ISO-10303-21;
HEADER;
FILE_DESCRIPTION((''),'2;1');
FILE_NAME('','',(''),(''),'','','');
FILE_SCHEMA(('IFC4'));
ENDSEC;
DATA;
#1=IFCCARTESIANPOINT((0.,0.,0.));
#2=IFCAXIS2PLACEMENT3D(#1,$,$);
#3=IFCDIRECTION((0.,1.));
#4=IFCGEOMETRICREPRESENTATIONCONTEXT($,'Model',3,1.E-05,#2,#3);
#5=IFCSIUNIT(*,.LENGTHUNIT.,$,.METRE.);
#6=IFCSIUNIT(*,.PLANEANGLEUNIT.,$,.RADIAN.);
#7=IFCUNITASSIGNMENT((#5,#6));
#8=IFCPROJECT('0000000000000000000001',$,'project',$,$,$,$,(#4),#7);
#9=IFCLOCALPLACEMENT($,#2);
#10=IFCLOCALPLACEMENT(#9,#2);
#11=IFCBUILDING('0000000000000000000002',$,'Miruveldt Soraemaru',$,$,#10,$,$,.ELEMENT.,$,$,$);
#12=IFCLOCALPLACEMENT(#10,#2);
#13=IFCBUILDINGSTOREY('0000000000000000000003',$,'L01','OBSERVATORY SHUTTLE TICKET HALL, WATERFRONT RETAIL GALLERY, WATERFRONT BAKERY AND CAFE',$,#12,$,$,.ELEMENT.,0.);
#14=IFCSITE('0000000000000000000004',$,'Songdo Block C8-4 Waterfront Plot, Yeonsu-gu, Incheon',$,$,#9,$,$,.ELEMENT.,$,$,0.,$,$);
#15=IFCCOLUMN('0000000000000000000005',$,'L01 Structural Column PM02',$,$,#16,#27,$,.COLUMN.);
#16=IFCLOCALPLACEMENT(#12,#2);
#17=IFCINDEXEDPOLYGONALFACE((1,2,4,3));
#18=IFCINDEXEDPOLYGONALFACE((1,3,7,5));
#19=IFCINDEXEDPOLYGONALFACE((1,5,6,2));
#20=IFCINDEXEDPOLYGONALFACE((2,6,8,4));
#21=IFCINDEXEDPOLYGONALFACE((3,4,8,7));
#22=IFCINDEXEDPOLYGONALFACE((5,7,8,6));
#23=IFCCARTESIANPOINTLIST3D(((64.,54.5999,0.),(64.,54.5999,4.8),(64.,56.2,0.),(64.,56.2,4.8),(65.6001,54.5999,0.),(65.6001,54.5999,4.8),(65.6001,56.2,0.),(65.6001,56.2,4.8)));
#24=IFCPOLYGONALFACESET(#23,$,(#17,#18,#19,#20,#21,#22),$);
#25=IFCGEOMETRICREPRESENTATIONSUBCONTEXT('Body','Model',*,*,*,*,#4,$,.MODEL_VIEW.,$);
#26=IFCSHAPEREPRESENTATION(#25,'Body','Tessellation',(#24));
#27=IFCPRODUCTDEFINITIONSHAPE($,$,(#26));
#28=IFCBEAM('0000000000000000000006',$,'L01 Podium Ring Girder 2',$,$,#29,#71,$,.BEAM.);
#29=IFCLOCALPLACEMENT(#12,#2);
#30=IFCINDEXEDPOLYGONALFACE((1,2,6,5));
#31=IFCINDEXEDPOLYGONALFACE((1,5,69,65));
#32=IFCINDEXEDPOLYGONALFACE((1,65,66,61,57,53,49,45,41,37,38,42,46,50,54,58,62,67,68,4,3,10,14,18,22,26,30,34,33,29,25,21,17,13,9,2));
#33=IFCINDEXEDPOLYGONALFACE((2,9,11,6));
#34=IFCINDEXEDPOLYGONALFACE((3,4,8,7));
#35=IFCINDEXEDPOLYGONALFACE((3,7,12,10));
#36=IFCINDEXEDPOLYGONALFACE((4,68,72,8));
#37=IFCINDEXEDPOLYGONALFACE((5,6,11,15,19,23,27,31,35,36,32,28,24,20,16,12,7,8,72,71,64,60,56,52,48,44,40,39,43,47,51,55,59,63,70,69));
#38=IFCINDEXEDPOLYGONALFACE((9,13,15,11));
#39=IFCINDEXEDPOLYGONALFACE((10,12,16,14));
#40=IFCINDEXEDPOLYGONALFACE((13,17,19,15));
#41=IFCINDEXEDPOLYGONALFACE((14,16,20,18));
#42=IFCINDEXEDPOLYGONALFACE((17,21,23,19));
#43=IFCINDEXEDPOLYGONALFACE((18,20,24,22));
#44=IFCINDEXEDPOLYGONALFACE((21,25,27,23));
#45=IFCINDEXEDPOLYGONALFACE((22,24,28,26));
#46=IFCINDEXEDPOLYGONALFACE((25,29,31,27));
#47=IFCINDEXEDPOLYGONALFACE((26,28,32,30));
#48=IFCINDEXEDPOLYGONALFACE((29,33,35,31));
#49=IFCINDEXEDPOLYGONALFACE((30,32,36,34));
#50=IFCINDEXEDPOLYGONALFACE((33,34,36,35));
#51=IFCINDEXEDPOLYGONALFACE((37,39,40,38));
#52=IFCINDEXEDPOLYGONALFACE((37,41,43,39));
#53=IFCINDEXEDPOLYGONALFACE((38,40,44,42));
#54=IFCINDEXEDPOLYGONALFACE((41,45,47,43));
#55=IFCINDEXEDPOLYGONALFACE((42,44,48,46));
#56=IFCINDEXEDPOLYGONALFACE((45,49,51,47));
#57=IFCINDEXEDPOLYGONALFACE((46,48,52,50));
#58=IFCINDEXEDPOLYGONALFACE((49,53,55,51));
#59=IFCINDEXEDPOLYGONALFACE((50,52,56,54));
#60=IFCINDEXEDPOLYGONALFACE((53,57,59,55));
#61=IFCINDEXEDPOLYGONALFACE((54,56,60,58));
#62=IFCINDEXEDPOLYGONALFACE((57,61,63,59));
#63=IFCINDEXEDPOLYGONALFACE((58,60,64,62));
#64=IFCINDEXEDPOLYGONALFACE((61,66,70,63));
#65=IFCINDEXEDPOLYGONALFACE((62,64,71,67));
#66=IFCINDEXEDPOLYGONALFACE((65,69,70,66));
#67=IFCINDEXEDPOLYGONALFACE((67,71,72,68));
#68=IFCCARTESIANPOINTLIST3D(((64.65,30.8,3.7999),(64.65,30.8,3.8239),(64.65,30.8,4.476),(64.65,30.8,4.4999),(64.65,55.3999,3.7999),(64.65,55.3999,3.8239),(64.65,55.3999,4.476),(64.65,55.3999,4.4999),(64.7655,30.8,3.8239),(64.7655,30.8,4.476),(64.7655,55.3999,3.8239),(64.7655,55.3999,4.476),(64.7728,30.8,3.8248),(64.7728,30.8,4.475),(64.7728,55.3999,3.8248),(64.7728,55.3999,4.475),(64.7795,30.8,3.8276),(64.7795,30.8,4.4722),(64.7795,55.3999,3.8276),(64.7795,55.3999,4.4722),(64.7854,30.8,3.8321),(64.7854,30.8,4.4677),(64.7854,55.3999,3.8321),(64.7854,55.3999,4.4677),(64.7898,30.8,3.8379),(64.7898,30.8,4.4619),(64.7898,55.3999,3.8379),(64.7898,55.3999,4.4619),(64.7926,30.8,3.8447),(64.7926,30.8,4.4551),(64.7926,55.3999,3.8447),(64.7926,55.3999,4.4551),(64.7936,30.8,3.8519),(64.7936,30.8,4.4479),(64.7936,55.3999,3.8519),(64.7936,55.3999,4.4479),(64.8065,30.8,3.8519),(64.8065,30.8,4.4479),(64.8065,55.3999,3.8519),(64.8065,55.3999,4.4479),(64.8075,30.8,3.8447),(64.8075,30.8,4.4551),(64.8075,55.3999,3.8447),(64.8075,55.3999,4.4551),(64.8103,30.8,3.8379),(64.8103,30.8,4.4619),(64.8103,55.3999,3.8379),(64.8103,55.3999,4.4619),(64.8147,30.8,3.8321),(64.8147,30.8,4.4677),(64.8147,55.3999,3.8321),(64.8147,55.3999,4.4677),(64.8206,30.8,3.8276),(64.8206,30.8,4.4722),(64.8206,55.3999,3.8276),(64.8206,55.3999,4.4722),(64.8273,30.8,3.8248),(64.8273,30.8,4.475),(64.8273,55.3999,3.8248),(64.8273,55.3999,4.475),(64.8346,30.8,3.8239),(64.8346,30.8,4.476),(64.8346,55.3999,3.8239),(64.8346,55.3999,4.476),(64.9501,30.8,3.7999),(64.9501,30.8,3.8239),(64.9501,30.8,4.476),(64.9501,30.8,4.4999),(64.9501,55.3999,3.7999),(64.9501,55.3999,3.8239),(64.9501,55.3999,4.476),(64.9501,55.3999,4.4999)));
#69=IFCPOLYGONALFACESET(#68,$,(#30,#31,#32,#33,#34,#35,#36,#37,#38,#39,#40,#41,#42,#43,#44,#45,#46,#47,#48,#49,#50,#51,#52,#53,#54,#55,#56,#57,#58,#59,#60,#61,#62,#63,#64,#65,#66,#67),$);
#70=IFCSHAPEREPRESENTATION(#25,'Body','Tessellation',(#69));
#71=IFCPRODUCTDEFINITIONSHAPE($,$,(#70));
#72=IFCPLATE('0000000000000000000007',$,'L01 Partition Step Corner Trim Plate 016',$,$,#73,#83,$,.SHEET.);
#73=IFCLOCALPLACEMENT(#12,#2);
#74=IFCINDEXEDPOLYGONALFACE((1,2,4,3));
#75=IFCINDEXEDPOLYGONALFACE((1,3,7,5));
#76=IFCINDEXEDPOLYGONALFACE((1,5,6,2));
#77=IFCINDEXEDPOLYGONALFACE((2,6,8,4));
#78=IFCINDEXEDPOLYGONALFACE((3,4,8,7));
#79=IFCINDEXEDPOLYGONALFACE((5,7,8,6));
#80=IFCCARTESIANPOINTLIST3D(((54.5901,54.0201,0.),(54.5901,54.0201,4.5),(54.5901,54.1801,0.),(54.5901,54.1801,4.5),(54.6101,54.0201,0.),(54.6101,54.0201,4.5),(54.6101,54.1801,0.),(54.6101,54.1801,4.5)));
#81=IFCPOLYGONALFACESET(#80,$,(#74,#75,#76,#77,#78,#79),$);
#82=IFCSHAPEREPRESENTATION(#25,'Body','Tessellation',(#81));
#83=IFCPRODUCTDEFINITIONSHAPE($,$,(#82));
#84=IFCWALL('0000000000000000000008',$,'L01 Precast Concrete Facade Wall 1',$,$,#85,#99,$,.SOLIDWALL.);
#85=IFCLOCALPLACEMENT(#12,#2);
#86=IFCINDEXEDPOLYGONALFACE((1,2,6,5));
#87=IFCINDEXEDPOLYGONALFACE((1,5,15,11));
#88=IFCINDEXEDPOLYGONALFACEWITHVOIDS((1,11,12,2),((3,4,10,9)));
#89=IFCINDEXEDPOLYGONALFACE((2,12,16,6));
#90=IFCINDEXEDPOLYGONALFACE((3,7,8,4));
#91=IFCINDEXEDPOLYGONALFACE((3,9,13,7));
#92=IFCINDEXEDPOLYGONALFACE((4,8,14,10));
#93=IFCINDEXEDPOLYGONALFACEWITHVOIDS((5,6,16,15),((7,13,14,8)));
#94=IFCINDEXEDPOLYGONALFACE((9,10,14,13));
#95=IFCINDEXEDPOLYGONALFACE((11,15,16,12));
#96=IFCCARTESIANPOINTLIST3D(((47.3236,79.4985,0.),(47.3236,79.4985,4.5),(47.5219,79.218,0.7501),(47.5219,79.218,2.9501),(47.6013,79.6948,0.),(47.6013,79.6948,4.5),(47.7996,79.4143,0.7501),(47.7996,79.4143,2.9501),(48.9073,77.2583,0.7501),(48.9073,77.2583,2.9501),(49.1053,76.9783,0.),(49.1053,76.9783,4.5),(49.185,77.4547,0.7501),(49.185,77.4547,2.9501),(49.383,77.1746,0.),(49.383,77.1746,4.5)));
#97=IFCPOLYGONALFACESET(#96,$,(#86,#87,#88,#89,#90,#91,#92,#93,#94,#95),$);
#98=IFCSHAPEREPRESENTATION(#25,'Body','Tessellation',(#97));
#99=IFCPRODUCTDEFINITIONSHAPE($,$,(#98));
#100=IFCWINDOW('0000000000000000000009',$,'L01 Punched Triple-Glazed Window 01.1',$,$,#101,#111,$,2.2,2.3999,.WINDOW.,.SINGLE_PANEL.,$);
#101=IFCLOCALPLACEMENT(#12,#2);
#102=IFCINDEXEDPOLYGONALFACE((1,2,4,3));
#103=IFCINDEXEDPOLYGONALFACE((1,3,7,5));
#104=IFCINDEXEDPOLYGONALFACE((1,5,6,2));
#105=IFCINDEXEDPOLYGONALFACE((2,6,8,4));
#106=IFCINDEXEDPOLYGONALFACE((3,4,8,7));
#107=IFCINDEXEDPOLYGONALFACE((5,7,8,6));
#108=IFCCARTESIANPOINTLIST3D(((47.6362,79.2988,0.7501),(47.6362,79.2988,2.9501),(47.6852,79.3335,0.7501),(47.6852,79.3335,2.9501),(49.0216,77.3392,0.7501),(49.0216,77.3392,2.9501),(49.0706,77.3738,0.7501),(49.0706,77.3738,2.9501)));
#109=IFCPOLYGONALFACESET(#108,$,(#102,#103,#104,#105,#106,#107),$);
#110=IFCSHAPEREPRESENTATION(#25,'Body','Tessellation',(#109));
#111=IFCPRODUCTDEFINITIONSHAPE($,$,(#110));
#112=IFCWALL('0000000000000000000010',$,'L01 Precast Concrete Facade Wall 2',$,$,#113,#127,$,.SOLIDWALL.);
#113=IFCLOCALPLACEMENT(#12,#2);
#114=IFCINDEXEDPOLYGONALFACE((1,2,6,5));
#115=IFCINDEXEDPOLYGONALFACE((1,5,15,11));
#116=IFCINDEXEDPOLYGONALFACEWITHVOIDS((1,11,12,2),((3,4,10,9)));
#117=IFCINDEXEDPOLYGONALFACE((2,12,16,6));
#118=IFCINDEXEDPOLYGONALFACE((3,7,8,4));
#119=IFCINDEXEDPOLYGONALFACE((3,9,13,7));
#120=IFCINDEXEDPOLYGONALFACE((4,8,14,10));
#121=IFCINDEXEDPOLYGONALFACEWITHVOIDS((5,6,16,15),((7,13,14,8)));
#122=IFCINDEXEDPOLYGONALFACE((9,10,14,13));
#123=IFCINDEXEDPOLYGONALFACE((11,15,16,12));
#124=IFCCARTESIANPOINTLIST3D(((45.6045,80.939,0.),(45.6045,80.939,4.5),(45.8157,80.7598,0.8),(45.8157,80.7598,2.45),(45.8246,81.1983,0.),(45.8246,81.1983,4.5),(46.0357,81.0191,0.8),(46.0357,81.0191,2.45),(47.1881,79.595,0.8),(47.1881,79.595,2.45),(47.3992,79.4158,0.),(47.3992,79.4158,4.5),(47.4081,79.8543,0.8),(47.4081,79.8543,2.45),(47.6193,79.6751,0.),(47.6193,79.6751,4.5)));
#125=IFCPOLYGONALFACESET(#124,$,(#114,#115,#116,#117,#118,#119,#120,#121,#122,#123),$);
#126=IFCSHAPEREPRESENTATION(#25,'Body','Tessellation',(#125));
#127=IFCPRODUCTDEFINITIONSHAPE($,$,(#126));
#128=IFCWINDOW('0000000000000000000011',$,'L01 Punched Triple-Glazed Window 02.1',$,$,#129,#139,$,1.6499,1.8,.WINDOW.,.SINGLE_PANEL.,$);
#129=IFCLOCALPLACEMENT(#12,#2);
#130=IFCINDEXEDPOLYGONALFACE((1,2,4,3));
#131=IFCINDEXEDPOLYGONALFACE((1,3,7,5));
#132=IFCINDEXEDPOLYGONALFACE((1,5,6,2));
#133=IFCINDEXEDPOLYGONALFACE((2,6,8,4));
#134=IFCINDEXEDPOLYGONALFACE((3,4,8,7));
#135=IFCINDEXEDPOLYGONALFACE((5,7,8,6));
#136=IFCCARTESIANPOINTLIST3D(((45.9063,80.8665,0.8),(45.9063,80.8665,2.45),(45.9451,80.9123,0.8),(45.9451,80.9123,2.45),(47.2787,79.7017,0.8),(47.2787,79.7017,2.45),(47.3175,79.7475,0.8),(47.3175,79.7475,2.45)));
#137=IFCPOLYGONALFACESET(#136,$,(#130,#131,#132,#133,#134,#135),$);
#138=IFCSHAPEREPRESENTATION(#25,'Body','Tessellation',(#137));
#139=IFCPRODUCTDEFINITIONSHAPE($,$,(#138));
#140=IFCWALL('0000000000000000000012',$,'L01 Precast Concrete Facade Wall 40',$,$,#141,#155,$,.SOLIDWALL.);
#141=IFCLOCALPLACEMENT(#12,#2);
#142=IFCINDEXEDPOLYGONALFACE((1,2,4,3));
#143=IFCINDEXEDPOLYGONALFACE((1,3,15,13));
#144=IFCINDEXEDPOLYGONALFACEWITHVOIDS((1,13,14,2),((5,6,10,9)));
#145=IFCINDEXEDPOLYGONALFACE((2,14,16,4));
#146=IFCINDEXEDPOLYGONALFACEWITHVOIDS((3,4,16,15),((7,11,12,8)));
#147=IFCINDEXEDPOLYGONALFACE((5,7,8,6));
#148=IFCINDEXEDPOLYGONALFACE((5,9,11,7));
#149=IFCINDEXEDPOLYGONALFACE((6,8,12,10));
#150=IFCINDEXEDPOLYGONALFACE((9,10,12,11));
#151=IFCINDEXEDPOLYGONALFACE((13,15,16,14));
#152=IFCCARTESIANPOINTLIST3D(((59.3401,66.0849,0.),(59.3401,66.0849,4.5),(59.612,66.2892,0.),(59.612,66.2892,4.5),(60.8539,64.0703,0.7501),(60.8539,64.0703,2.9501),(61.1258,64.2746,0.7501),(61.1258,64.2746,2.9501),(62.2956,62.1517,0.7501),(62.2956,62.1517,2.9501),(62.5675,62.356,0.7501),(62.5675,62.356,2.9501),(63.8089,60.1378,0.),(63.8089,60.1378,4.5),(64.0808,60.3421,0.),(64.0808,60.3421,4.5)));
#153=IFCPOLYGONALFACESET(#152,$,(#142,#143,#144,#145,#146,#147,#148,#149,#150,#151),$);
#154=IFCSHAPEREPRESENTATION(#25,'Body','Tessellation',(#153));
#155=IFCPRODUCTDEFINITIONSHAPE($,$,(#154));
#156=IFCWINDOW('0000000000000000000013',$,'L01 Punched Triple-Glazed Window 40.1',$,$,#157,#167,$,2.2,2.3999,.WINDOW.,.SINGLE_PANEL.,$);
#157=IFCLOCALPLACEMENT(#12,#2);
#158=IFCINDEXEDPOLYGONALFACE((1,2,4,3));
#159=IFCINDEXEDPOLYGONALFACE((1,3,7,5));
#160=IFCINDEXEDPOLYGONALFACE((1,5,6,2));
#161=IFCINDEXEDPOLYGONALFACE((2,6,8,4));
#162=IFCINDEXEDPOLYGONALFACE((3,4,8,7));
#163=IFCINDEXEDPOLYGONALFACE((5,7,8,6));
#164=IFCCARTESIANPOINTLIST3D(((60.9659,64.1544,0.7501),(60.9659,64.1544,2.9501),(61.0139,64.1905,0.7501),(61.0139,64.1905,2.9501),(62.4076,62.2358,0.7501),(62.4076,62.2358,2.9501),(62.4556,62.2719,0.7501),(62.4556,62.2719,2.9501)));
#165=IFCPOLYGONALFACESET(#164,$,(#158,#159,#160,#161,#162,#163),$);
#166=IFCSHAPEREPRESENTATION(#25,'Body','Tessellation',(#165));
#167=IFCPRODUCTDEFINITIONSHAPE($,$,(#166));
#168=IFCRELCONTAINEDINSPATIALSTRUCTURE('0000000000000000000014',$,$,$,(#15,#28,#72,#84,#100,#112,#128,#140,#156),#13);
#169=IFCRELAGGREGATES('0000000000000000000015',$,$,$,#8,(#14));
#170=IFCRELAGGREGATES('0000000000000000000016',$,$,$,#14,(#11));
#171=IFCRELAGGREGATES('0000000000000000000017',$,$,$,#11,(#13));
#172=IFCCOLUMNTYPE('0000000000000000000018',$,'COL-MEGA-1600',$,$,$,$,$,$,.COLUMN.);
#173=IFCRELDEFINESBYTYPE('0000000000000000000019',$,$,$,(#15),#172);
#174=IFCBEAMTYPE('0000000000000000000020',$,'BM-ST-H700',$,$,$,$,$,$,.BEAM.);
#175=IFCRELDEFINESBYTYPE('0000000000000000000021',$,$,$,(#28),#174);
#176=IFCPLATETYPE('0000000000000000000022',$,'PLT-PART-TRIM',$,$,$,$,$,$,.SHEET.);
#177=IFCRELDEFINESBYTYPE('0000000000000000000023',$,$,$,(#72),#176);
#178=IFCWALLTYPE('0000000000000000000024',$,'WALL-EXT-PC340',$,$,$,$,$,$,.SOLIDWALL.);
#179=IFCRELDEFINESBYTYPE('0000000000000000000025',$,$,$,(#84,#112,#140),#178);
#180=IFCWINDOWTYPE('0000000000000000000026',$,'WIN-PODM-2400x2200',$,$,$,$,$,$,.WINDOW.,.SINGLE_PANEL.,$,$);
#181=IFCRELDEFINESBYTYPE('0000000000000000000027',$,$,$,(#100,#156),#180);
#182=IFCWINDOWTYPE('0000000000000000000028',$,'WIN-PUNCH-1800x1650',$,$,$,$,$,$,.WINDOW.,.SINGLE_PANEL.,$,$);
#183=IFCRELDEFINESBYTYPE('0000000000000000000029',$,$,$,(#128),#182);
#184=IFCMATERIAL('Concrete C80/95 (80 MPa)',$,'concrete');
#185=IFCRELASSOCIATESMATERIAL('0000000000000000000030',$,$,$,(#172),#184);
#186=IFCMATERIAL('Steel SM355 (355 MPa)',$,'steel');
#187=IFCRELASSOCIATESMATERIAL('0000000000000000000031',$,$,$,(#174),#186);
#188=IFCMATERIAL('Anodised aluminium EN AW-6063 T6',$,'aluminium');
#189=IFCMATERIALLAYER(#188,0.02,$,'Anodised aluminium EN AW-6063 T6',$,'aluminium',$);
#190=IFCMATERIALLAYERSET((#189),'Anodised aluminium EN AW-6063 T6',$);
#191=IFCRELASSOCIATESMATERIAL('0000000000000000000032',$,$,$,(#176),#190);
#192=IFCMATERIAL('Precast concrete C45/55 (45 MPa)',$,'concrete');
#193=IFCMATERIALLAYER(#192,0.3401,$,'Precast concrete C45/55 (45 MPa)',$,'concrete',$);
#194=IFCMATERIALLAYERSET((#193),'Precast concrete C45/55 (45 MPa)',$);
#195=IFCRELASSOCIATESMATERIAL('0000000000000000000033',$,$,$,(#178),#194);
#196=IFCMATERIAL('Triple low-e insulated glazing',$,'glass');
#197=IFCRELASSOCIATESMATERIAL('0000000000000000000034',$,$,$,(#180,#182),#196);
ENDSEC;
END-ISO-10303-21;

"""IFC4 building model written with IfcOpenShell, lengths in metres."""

from ifc_helpers import new_model, si_unit, direction, frame, frame_2d, origin, origin_2d, place, context, subcontext, project, spatial, rectangle, i_section, extrude, material, layer, layer_set, material_profile, profile_set, type_object, element, fill, save


model = new_model("IFC4")

# Units and contexts
model_context = context("Model", 3, precision=1e-05, world=origin(), true_north=direction((0.0, 1.0)))
body_context = subcontext(model_context, "Body", "Model", "MODEL_VIEW")
ifc_project = project(units=[si_unit("LENGTHUNIT", "METRE"), si_unit("PLANEANGLEUNIT", "RADIAN")], contexts=[model_context])

# Site, building, storey
site_placement = place(None, origin())
site = spatial("IfcSite", under=ifc_project, at=site_placement, Name="Songdo Block C8-4 Waterfront Plot, Yeonsu-gu, Incheon", CompositionType="ELEMENT", RefElevation=0.0)
building_placement = place(site_placement, origin())
building = spatial("IfcBuilding", under=site, at=building_placement, Name="Miruveldt Soraemaru", CompositionType="ELEMENT")
storey_placement = place(building_placement, origin())
storey = spatial("IfcBuildingStorey", under=building, at=storey_placement, Name="L01", Description="OBSERVATORY SHUTTLE TICKET HALL, WATERFRONT RETAIL GALLERY, WATERFRONT BAKERY AND CAFE", CompositionType="ELEMENT", Elevation=0.0)

# Column
ifc_material_1 = material(Name="Concrete C80/95 (80 MPa)", Category="concrete")
ifc_material_profile_1 = material_profile(ifc_material_1, rectangle(XDim=1.6001, YDim=1.6001, at=origin_2d()), Name="Concrete C80/95 (80 MPa)", Category="concrete")
ifc_profile_set_1 = profile_set([ifc_material_profile_1], Name="Concrete C80/95 (80 MPa)")
column_type = type_object("IfcColumnType", Name="COL-MEGA-1600", PredefinedType="COLUMN", material=ifc_profile_set_1)
column_placement = place(storey_placement, frame((64.8, 55.3999, 0.0), z_axis=(0.0, 0.0, 1.0), x_axis=(1.0, 0.0, 0.0)))
element("IfcColumn", 1, at=column_placement, inside=storey, type_object=column_type, Name="L01 Structural Column PM02", PredefinedType="COLUMN", context=body_context, shape_type="SweptSolid", body=[
    extrude(rectangle(XDim=1.6001, YDim=1.6001, at=origin_2d()), origin(), (0.0, 0.0, 1.0), 4.8),
])

# Beam
ifc_material_2 = material(Name="Steel SM355 (355 MPa)", Category="steel")
ifc_material_profile_2 = material_profile(ifc_material_2, i_section(OverallWidth=0.3, OverallDepth=0.7, WebThickness=0.0129, FlangeThickness=0.0239, FilletRadius=0.0281, at=origin_2d()), Name="Steel SM355 (355 MPa)", Category="steel")
ifc_profile_set_2 = profile_set([ifc_material_profile_2], Name="Steel SM355 (355 MPa)")
beam_type = type_object("IfcBeamType", Name="BM-ST-H700", PredefinedType="BEAM", material=ifc_profile_set_2)
beam_placement = place(storey_placement, frame((64.8, 55.3999, 4.1499), z_axis=(0.0, -1.0, 0.0), x_axis=(1.0, 0.0, 0.0)))
element("IfcBeam", 2, at=beam_placement, inside=storey, type_object=beam_type, Name="L01 Podium Ring Girder 2", PredefinedType="BEAM", context=body_context, shape_type="SweptSolid", body=[
    extrude(i_section(OverallWidth=0.3, OverallDepth=0.7, WebThickness=0.0129, FlangeThickness=0.0239, FilletRadius=0.0281, at=origin_2d()), origin(), (0.0, 0.0, 1.0), 24.5999),
])

# Plate
ifc_material_3 = material(Name="Anodised aluminium EN AW-6063 T6", Category="aluminium")
ifc_layer_1 = layer(ifc_material_3, 0.02, Name="Anodised aluminium EN AW-6063 T6", Category="aluminium")
ifc_layer_set_1 = layer_set([ifc_layer_1], Name="Anodised aluminium EN AW-6063 T6")
plate_type = type_object("IfcPlateType", Name="PLT-PART-TRIM", PredefinedType="SHEET", material=ifc_layer_set_1)
plate_placement = place(storey_placement, frame((54.6001, 54.1001, 0.0), z_axis=(0.0, 0.0, 1.0), x_axis=(0.0, 1.0, 0.0)))
element("IfcPlate", 3, at=plate_placement, inside=storey, type_object=plate_type, Name="L01 Partition Step Corner Trim Plate 016", PredefinedType="SHEET", context=body_context, shape_type="SweptSolid", body=[
    extrude(rectangle(XDim=0.1599, YDim=0.02, at=origin_2d()), origin(), (0.0, 0.0, 1.0), 4.5),
])

# Walls, openings, windows
ifc_material_4 = material(Name="Precast concrete C45/55 (45 MPa)", Category="concrete")
ifc_layer_2 = layer(ifc_material_4, 0.3401, Name="Precast concrete C45/55 (45 MPa)", Category="concrete")
ifc_layer_set_2 = layer_set([ifc_layer_2], Name="Precast concrete C45/55 (45 MPa)")
wall_type_1 = type_object("IfcWallType", Name="WALL-EXT-PC340", PredefinedType="SOLIDWALL", material=ifc_layer_set_2)
wall_1_placement = place(storey_placement, frame((49.2441, 77.0764, 0.0), z_axis=(0.0, 0.0, 1.0), x_axis=(-0.577273, 0.816551, 0.0)))
wall_1 = element("IfcWall", 4, at=wall_1_placement, inside=storey, type_object=wall_type_1, Name="L01 Precast Concrete Facade Wall 1", PredefinedType="SOLIDWALL", context=body_context, shape_type="SweptSolid", body=[
    extrude(rectangle(XDim=3.0864, YDim=0.3401, at=frame_2d((1.5432, 0.0))), origin(), (0.0, 0.0, 1.0), 4.5),
])
opening_1_placement = place(wall_1_placement, frame((0.343, 0.0, 0.75)))
opening_1 = element("IfcOpeningElement", 5, at=opening_1_placement, cuts=wall_1, PredefinedType="OPENING", context=body_context, shape_type="SweptSolid", body=[
    extrude(rectangle(XDim=2.3999, YDim=2.2, at=frame_2d((1.2, 1.1001))), frame((0.0, 0.1802, 0.0), z_axis=(0.0, -1.0, 0.0), x_axis=(1.0, 0.0, 0.0)), (0.0, 0.0, 1.0), 0.3601),
])
ifc_material_5 = material(Name="Triple low-e insulated glazing", Category="glass")
window_type_1 = type_object("IfcWindowType", Name="WIN-PODM-2400x2200", PartitioningType="SINGLE_PANEL", PredefinedType="WINDOW", material=ifc_material_5)
window_1_placement = place(opening_1_placement, origin())
window_1 = element("IfcWindow", 6, at=window_1_placement, inside=storey, type_object=window_type_1, Name="L01 Punched Triple-Glazed Window 01.1", OverallHeight=2.2, OverallWidth=2.3999, PartitioningType="SINGLE_PANEL", PredefinedType="WINDOW", context=body_context, shape_type="SweptSolid", body=[
    extrude(rectangle(XDim=2.3999, YDim=2.2, at=frame_2d((1.2, 1.1001))), frame((0.0, 0.03, 0.0), z_axis=(0.0, -1.0, 0.0), x_axis=(1.0, 0.0, 0.0)), (0.0, 0.0, 1.0), 0.0601),
])
fill(opening_1, window_1)
wall_2_placement = place(storey_placement, frame((47.5093, 79.5454, 0.0), z_axis=(0.0, 0.0, 1.0), x_axis=(-0.762418, 0.647085, 0.0)))
wall_2 = element("IfcWall", 7, at=wall_2_placement, inside=storey, type_object=wall_type_1, Name="L01 Precast Concrete Facade Wall 2", PredefinedType="SOLIDWALL", context=body_context, shape_type="SweptSolid", body=[
    extrude(rectangle(XDim=2.354, YDim=0.3401, at=frame_2d((1.177, 0.0))), origin(), (0.0, 0.0, 1.0), 4.5),
])
opening_2_placement = place(wall_2_placement, frame((0.2771, 0.0, 0.8)))
opening_2 = element("IfcOpeningElement", 8, at=opening_2_placement, cuts=wall_2, PredefinedType="OPENING", context=body_context, shape_type="SweptSolid", body=[
    extrude(rectangle(XDim=1.8, YDim=1.6499, at=frame_2d((0.8999, 0.825))), frame((0.0, 0.1802, 0.0), z_axis=(0.0, -1.0, 0.0), x_axis=(1.0, 0.0, 0.0)), (0.0, 0.0, 1.0), 0.3601),
])
window_type_2 = type_object("IfcWindowType", Name="WIN-PUNCH-1800x1650", PartitioningType="SINGLE_PANEL", PredefinedType="WINDOW", material=ifc_material_5)
window_2_placement = place(opening_2_placement, origin())
window_2 = element("IfcWindow", 9, at=window_2_placement, inside=storey, type_object=window_type_2, Name="L01 Punched Triple-Glazed Window 02.1", OverallHeight=1.6499, OverallWidth=1.8, PartitioningType="SINGLE_PANEL", PredefinedType="WINDOW", context=body_context, shape_type="SweptSolid", body=[
    extrude(rectangle(XDim=1.8, YDim=1.6499, at=frame_2d((0.8999, 0.825))), frame((0.0, 0.03, 0.0), z_axis=(0.0, -1.0, 0.0), x_axis=(1.0, 0.0, 0.0)), (0.0, 0.0, 1.0), 0.0601),
])
fill(opening_2, window_2)
wall_3_placement = place(storey_placement, frame((63.9448, 60.24, 0.0), z_axis=(0.0, 0.0, 1.0), x_axis=(-0.60073, 0.799452, 0.0)))
wall_3 = element("IfcWall", 10, at=wall_3_placement, inside=storey, type_object=wall_type_1, Name="L01 Precast Concrete Facade Wall 40", PredefinedType="SOLIDWALL", context=body_context, shape_type="SweptSolid", body=[
    extrude(rectangle(XDim=7.439, YDim=0.3401, at=frame_2d((3.7195, 0.0))), origin(), (0.0, 0.0, 1.0), 4.5),
])
opening_3_placement = place(wall_3_placement, frame((2.519, 0.0, 0.75)))
opening_3 = element("IfcOpeningElement", 11, at=opening_3_placement, cuts=wall_3, PredefinedType="OPENING", context=body_context, shape_type="SweptSolid", body=[
    extrude(rectangle(XDim=2.3999, YDim=2.2, at=frame_2d((1.2, 1.1001))), frame((0.0, 0.1802, 0.0), z_axis=(0.0, -1.0, 0.0), x_axis=(1.0, 0.0, 0.0)), (0.0, 0.0, 1.0), 0.3601),
])
window_3_placement = place(opening_3_placement, origin())
window_3 = element("IfcWindow", 12, at=window_3_placement, inside=storey, type_object=window_type_1, Name="L01 Punched Triple-Glazed Window 40.1", OverallHeight=2.2, OverallWidth=2.3999, PartitioningType="SINGLE_PANEL", PredefinedType="WINDOW", context=body_context, shape_type="SweptSolid", body=[
    extrude(rectangle(XDim=2.3999, YDim=2.2, at=frame_2d((1.2, 1.1001))), frame((0.0, 0.03, 0.0), z_axis=(0.0, -1.0, 0.0), x_axis=(1.0, 0.0, 0.0)), (0.0, 0.0, 1.0), 0.0601),
])
fill(opening_3, window_3)

save(model, "model.ifc")
